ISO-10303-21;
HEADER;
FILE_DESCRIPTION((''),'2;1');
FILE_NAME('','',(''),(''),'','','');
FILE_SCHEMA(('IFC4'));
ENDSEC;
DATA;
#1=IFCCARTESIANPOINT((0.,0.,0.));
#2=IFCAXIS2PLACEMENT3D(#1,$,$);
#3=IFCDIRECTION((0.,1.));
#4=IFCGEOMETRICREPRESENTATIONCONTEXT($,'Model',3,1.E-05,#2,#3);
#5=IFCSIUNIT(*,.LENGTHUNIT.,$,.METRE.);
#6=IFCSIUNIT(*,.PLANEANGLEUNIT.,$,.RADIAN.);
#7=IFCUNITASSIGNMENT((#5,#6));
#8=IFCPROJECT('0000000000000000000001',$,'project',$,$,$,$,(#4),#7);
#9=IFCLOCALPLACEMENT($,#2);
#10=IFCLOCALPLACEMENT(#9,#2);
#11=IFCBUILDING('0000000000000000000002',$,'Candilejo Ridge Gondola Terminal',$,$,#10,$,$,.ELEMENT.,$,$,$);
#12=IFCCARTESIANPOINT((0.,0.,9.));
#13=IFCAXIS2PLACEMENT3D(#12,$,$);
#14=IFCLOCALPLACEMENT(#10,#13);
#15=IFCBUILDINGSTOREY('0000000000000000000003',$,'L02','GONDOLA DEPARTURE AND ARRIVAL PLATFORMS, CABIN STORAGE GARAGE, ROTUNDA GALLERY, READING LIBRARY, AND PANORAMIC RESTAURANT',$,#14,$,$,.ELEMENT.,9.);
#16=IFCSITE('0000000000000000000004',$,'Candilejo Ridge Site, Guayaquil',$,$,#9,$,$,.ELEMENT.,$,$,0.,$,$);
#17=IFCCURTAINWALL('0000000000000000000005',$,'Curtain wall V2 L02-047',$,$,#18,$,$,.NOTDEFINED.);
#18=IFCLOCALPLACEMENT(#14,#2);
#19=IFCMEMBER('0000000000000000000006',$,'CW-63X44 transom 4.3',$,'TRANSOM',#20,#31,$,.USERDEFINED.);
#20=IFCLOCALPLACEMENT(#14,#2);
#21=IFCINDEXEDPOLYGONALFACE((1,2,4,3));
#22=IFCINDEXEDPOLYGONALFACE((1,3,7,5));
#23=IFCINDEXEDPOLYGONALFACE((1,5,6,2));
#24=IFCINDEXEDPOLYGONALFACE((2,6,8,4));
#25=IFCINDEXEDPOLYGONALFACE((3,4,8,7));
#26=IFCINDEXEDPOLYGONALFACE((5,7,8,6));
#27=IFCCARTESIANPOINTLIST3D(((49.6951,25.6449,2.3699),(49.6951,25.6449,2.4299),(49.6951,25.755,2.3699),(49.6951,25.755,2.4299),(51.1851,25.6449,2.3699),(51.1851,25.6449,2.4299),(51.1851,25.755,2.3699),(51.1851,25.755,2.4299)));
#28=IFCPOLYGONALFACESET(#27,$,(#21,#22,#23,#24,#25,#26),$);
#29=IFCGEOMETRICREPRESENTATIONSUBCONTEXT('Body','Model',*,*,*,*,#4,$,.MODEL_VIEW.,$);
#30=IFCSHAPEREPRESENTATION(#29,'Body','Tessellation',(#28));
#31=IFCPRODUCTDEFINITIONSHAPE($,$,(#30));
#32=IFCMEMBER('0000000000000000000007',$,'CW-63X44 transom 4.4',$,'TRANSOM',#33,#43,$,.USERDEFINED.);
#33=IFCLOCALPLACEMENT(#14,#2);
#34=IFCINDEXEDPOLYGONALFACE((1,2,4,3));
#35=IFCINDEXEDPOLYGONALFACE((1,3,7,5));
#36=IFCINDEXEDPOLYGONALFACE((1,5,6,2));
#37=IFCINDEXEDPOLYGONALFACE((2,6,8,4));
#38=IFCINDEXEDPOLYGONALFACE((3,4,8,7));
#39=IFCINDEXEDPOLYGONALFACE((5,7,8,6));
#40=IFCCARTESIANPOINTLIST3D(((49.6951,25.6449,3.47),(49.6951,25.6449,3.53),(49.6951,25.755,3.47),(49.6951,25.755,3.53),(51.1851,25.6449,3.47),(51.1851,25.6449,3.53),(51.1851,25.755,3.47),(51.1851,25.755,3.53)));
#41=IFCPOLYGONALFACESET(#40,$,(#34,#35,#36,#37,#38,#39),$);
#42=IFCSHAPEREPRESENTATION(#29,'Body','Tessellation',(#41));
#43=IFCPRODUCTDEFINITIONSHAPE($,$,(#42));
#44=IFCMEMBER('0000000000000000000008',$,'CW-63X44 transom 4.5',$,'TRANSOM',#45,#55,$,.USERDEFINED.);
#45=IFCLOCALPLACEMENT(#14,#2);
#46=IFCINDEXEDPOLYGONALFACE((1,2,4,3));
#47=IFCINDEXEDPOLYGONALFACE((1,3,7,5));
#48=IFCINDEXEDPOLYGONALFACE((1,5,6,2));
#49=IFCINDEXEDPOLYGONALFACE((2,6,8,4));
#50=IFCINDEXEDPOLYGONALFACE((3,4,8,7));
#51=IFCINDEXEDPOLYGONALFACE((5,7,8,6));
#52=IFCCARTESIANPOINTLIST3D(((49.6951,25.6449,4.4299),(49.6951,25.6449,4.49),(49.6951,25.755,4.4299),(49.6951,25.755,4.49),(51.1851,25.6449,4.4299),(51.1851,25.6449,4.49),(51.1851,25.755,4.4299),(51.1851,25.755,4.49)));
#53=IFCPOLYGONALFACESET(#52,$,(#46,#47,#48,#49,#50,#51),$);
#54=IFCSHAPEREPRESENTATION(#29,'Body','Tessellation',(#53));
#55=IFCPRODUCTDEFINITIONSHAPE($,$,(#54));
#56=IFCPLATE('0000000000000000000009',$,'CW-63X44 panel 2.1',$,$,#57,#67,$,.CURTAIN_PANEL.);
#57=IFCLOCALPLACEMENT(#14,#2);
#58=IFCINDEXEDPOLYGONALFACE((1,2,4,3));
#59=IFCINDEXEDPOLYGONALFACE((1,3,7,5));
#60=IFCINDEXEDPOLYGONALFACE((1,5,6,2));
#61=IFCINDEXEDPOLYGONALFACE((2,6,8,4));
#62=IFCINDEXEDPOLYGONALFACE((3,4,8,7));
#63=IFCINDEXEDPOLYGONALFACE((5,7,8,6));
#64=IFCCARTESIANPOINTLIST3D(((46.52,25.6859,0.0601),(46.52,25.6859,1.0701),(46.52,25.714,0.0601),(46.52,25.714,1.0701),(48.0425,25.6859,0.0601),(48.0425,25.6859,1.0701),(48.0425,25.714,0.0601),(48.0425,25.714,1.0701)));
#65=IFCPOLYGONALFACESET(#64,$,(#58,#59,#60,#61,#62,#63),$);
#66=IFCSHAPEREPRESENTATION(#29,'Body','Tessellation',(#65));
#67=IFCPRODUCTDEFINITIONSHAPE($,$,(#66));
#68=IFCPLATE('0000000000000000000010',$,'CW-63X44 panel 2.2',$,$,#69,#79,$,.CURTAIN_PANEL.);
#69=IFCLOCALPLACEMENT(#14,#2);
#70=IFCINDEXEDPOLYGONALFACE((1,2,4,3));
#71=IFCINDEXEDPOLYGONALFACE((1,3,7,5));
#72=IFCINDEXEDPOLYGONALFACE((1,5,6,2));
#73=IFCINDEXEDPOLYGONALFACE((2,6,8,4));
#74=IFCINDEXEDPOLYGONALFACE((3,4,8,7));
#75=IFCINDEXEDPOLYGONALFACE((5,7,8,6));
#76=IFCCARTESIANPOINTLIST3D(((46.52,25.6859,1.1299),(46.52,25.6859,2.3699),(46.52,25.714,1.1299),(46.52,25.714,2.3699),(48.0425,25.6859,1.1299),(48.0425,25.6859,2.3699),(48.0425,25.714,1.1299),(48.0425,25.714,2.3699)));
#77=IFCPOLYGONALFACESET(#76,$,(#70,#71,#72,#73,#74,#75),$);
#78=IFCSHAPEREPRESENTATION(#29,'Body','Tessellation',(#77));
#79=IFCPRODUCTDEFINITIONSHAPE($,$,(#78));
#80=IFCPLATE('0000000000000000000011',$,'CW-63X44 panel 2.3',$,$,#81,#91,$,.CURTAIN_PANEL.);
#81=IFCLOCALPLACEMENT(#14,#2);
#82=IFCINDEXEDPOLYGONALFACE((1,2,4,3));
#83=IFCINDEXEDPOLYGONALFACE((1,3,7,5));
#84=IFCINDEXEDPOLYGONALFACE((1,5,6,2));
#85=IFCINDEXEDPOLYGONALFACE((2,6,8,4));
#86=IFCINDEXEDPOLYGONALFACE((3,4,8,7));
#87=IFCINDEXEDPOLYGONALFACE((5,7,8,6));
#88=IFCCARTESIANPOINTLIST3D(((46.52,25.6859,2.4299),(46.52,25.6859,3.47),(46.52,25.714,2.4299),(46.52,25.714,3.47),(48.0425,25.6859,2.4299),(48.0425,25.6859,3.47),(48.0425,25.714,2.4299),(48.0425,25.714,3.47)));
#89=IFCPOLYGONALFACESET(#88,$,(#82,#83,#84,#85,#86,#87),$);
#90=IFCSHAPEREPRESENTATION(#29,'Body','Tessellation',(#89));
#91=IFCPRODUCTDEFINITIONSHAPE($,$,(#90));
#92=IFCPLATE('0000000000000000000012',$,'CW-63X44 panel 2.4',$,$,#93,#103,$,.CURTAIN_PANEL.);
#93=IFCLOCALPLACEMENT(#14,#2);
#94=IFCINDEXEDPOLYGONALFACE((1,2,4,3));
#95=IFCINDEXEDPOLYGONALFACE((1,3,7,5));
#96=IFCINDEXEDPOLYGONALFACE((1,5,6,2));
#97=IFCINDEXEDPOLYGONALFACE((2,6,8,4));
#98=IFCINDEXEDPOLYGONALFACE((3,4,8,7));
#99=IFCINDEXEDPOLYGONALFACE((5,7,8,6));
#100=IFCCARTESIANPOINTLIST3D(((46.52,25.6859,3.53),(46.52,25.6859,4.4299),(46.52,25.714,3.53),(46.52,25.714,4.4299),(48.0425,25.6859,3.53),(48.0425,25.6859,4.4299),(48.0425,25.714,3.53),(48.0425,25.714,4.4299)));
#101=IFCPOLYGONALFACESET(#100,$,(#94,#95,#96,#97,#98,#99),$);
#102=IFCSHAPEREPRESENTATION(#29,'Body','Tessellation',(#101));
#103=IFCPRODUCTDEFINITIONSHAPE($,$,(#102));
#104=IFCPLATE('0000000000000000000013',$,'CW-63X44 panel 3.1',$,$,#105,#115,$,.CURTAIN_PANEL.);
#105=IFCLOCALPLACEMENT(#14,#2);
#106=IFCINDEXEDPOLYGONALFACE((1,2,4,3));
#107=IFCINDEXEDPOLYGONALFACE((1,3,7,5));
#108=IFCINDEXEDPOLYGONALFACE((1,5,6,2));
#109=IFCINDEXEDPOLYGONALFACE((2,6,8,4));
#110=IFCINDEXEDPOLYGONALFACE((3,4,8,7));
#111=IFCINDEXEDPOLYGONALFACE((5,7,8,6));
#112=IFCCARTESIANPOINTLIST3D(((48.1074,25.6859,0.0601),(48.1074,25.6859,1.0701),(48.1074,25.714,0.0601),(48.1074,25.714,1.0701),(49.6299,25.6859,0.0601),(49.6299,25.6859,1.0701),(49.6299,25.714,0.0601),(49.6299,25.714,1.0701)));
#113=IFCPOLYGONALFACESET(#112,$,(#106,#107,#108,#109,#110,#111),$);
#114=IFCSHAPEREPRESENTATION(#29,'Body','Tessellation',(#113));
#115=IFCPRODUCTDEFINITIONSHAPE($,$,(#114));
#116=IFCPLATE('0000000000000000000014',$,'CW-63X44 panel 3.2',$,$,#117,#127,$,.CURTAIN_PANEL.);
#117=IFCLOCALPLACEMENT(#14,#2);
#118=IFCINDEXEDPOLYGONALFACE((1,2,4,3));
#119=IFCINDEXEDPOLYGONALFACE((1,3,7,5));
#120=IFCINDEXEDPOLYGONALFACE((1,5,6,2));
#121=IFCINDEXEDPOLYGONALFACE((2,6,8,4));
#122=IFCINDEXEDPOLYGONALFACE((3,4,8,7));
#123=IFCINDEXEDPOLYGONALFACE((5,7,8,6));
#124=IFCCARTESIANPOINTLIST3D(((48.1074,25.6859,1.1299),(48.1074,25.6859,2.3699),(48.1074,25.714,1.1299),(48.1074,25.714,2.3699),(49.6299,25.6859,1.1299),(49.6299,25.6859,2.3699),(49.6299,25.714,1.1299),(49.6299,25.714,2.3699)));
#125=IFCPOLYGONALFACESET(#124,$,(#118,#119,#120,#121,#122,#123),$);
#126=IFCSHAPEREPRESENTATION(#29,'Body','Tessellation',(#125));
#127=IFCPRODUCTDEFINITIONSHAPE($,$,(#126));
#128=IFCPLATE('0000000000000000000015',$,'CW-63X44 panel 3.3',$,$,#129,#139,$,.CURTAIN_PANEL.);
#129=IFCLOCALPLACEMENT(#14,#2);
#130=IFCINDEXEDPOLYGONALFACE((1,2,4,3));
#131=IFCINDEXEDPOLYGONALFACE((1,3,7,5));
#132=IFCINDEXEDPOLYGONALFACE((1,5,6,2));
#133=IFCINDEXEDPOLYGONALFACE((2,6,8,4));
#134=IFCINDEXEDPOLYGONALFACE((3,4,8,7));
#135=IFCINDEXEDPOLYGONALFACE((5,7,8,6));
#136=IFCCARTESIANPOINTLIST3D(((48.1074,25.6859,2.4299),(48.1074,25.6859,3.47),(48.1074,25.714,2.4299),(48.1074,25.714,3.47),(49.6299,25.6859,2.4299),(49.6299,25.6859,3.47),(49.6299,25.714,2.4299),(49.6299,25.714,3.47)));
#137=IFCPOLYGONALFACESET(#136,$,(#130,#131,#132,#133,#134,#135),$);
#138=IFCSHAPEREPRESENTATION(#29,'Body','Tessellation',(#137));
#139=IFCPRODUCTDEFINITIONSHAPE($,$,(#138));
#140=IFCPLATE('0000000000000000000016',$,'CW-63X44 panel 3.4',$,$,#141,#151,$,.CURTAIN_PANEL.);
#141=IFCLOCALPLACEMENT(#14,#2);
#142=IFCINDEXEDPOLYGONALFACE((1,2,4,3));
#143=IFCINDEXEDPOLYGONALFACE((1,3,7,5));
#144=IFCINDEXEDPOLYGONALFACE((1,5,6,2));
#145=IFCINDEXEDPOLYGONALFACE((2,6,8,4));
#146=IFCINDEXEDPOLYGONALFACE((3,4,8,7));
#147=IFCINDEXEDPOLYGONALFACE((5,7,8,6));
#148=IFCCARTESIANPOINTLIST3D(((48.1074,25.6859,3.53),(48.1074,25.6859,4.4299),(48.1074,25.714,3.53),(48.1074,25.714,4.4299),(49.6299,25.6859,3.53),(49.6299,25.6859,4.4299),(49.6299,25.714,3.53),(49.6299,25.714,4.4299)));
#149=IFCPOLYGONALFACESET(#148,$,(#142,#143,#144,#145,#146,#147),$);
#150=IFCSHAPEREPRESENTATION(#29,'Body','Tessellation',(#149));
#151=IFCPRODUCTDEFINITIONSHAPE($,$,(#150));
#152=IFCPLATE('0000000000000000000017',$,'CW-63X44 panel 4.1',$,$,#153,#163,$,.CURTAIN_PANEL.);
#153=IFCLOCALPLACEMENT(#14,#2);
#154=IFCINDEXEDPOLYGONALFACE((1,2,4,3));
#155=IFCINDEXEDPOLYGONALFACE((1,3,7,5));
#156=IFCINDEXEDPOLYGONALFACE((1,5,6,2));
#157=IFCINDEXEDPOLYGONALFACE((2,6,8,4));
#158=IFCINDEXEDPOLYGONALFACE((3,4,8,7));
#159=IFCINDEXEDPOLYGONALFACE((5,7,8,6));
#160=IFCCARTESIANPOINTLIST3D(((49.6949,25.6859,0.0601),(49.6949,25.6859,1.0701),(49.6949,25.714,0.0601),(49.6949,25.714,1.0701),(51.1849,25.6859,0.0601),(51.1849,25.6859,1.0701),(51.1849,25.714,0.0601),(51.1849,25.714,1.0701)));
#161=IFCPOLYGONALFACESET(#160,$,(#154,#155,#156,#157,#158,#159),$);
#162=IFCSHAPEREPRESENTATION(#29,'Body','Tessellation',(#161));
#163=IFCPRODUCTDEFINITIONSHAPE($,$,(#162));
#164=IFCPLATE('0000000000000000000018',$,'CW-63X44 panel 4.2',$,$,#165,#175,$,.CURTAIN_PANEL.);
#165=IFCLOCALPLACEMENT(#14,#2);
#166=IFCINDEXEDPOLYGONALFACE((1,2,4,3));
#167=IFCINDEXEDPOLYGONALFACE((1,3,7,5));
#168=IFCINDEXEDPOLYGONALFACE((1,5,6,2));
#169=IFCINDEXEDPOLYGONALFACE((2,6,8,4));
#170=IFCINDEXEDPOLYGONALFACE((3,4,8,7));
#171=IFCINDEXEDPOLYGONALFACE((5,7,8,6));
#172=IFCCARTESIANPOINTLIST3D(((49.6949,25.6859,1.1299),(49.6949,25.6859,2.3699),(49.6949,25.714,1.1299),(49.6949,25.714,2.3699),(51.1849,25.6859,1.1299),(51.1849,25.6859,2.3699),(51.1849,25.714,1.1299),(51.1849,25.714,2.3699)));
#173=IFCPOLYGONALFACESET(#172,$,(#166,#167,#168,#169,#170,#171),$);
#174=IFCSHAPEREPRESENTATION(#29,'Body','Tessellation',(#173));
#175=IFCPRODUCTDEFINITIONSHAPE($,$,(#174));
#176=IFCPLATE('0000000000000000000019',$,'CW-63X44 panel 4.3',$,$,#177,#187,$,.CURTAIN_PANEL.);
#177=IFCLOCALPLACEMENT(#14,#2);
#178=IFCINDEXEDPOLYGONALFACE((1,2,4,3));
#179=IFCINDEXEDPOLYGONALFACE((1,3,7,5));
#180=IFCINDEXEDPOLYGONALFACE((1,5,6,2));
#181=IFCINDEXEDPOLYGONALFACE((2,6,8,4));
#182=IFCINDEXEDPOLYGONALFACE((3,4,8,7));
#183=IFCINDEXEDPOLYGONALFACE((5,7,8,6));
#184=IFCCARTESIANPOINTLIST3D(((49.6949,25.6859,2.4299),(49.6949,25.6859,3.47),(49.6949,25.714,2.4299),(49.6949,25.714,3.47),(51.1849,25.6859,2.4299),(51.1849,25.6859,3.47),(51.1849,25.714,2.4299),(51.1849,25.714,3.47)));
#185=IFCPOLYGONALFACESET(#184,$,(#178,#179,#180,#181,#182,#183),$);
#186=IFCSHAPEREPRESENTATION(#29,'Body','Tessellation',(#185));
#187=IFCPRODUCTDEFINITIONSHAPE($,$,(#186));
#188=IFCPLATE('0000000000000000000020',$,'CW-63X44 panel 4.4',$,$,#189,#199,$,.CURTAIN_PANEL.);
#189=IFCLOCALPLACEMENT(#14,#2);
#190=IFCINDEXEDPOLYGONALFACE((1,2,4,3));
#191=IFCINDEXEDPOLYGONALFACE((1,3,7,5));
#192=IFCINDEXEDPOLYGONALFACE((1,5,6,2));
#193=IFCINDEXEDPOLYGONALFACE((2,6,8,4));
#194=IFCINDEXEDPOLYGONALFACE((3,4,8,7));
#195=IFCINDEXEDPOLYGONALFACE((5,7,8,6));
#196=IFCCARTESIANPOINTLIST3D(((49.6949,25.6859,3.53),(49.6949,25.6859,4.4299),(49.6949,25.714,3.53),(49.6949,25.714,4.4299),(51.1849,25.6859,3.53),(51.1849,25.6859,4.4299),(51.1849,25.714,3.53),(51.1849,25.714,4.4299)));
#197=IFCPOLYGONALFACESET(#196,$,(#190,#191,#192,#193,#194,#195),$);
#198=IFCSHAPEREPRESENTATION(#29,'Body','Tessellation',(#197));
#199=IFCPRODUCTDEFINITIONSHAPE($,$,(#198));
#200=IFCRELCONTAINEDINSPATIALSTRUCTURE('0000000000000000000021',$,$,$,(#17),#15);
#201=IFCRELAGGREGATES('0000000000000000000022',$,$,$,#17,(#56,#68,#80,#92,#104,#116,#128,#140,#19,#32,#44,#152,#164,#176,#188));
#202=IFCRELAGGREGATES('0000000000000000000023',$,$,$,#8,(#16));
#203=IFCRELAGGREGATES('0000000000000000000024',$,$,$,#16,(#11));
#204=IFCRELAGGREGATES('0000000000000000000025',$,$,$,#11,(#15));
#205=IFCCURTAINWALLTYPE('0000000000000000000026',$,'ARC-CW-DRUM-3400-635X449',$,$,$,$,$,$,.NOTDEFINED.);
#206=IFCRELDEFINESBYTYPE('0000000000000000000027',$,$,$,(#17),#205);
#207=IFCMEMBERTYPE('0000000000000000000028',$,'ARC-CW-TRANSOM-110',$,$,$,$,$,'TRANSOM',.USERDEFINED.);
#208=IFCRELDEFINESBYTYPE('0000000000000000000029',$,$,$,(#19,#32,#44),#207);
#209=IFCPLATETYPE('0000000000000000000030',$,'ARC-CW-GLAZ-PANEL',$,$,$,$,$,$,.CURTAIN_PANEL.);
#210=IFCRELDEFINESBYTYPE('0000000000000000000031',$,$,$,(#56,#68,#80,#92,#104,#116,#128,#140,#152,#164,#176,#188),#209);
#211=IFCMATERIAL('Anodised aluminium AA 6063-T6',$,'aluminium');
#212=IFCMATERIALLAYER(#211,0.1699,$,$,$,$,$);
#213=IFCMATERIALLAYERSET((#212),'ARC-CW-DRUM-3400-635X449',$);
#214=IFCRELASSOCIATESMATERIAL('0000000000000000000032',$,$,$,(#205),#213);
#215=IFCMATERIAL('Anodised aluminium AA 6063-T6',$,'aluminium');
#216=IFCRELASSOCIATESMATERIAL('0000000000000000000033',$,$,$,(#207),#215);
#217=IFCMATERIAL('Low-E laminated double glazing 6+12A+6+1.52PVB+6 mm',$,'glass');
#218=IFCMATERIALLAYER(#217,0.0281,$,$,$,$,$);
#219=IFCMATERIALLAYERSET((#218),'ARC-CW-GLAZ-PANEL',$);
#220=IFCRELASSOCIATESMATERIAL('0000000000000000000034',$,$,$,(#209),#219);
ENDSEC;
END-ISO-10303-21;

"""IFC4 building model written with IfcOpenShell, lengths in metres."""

from ifc_helpers import new_model, si_unit, direction, frame, origin, origin_2d, place, context, subcontext, project, spatial, rectangle, extrude, material, layer, layer_set, material_profile, profile_set, type_object, element, aggregate, save


model = new_model("IFC4")

# Units and contexts
model_context = context("Model", 3, precision=1e-05, world=origin(), true_north=direction((0.0, 1.0)))
body_context = subcontext(model_context, "Body", "Model", "MODEL_VIEW")
ifc_project = project(units=[si_unit("LENGTHUNIT", "METRE"), si_unit("PLANEANGLEUNIT", "RADIAN")], contexts=[model_context])

# Site, building, storey
site_placement = place(None, origin())
site = spatial("IfcSite", under=ifc_project, at=site_placement, Name="Candilejo Ridge Site, Guayaquil", CompositionType="ELEMENT", RefElevation=0.0)
building_placement = place(site_placement, origin())
building = spatial("IfcBuilding", under=site, at=building_placement, Name="Candilejo Ridge Gondola Terminal", CompositionType="ELEMENT")
storey_placement = place(building_placement, frame((0.0, 0.0, 9.0)))
storey = spatial("IfcBuildingStorey", under=building, at=storey_placement, Name="L02", Description="GONDOLA DEPARTURE AND ARRIVAL PLATFORMS, CABIN STORAGE GARAGE, ROTUNDA GALLERY, READING LIBRARY, AND PANORAMIC RESTAURANT", CompositionType="ELEMENT", Elevation=9.0)

# Curtain wall, members, plates
ifc_material_1 = material(Name="Anodised aluminium AA 6063-T6", Category="aluminium")
ifc_layer_1 = layer(ifc_material_1, 0.1699)
ifc_layer_set_1 = layer_set([ifc_layer_1], Name="ARC-CW-DRUM-3400-635X449")
curtain_wall_type = type_object("IfcCurtainWallType", Name="ARC-CW-DRUM-3400-635X449", PredefinedType="NOTDEFINED", material=ifc_layer_set_1)
curtain_wall_placement = place(storey_placement, origin())
curtain_wall = element("IfcCurtainWall", 1, at=curtain_wall_placement, inside=storey, type_object=curtain_wall_type, Name="Curtain wall V2 L02-047", PredefinedType="NOTDEFINED")
ifc_material_2 = material(Name="Anodised aluminium AA 6063-T6", Category="aluminium")
ifc_material_profile_1 = material_profile(ifc_material_2, rectangle(XDim=0.1101, YDim=0.0601, at=origin_2d()))
ifc_profile_set_1 = profile_set([ifc_material_profile_1], Name="Anodised aluminium AA 6063-T6")
member_type_1 = type_object("IfcMemberType", Name="ARC-CW-TRANSOM-110", ElementType="TRANSOM", PredefinedType="USERDEFINED", material=ifc_profile_set_1)
member_1_placement = place(storey_placement, frame((49.6951, 25.7, 2.3999), z_axis=(1.0, 0.0, 0.0), x_axis=(0.0, 1.0, 0.0)))
member_1 = element("IfcMember", 2, at=member_1_placement, type_object=member_type_1, Name="CW-63X44 transom 4.3", ObjectType="TRANSOM", PredefinedType="USERDEFINED", context=body_context, shape_type="SweptSolid", body=[
    extrude(rectangle(XDim=0.1101, YDim=0.0601, at=origin_2d()), origin(), (0.0, 0.0, 1.0), 1.49),
])
member_2_placement = place(storey_placement, frame((49.6951, 25.7, 3.5), z_axis=(1.0, 0.0, 0.0), x_axis=(0.0, 1.0, 0.0)))
member_2 = element("IfcMember", 3, at=member_2_placement, type_object=member_type_1, Name="CW-63X44 transom 4.4", ObjectType="TRANSOM", PredefinedType="USERDEFINED", context=body_context, shape_type="SweptSolid", body=[
    extrude(rectangle(XDim=0.1101, YDim=0.0601, at=origin_2d()), origin(), (0.0, 0.0, 1.0), 1.49),
])
member_3_placement = place(storey_placement, frame((49.6951, 25.7, 4.46), z_axis=(1.0, 0.0, 0.0), x_axis=(0.0, 1.0, 0.0)))
member_3 = element("IfcMember", 4, at=member_3_placement, type_object=member_type_1, Name="CW-63X44 transom 4.5", ObjectType="TRANSOM", PredefinedType="USERDEFINED", context=body_context, shape_type="SweptSolid", body=[
    extrude(rectangle(XDim=0.1101, YDim=0.0601, at=origin_2d()), origin(), (0.0, 0.0, 1.0), 1.49),
])
ifc_material_3 = material(Name="Low-E laminated double glazing 6+12A+6+1.52PVB+6 mm", Category="glass")
ifc_layer_2 = layer(ifc_material_3, 0.0281)
ifc_layer_set_2 = layer_set([ifc_layer_2], Name="ARC-CW-GLAZ-PANEL")
plate_type = type_object("IfcPlateType", Name="ARC-CW-GLAZ-PANEL", PredefinedType="CURTAIN_PANEL", material=ifc_layer_set_2)
plate_1_placement = place(storey_placement, frame((47.2812, 25.7, 0.0601), z_axis=(0.0, 0.0, 1.0), x_axis=(1.0, 0.0, 0.0)))
plate_1 = element("IfcPlate", 5, at=plate_1_placement, type_object=plate_type, Name="CW-63X44 panel 2.1", PredefinedType="CURTAIN_PANEL", context=body_context, shape_type="SweptSolid", body=[
    extrude(rectangle(XDim=1.5225, YDim=0.0281, at=origin_2d()), origin(), (0.0, 0.0, 1.0), 1.01),
])
plate_2_placement = place(storey_placement, frame((47.2812, 25.7, 1.1299), z_axis=(0.0, 0.0, 1.0), x_axis=(1.0, 0.0, 0.0)))
plate_2 = element("IfcPlate", 6, at=plate_2_placement, type_object=plate_type, Name="CW-63X44 panel 2.2", PredefinedType="CURTAIN_PANEL", context=body_context, shape_type="SweptSolid", body=[
    extrude(rectangle(XDim=1.5225, YDim=0.0281, at=origin_2d()), origin(), (0.0, 0.0, 1.0), 1.24),
])
plate_3_placement = place(storey_placement, frame((47.2812, 25.7, 2.4299), z_axis=(0.0, 0.0, 1.0), x_axis=(1.0, 0.0, 0.0)))
plate_3 = element("IfcPlate", 7, at=plate_3_placement, type_object=plate_type, Name="CW-63X44 panel 2.3", PredefinedType="CURTAIN_PANEL", context=body_context, shape_type="SweptSolid", body=[
    extrude(rectangle(XDim=1.5225, YDim=0.0281, at=origin_2d()), origin(), (0.0, 0.0, 1.0), 1.04),
])
plate_4_placement = place(storey_placement, frame((47.2812, 25.7, 3.53), z_axis=(0.0, 0.0, 1.0), x_axis=(1.0, 0.0, 0.0)))
plate_4 = element("IfcPlate", 8, at=plate_4_placement, type_object=plate_type, Name="CW-63X44 panel 2.4", PredefinedType="CURTAIN_PANEL", context=body_context, shape_type="SweptSolid", body=[
    extrude(rectangle(XDim=1.5225, YDim=0.0281, at=origin_2d()), origin(), (0.0, 0.0, 1.0), 0.8999),
])
plate_5_placement = place(storey_placement, frame((48.8687, 25.7, 0.0601), z_axis=(0.0, 0.0, 1.0), x_axis=(1.0, 0.0, 0.0)))
plate_5 = element("IfcPlate", 9, at=plate_5_placement, type_object=plate_type, Name="CW-63X44 panel 3.1", PredefinedType="CURTAIN_PANEL", context=body_context, shape_type="SweptSolid", body=[
    extrude(rectangle(XDim=1.5225, YDim=0.0281, at=origin_2d()), origin(), (0.0, 0.0, 1.0), 1.01),
])
plate_6_placement = place(storey_placement, frame((48.8687, 25.7, 1.1299), z_axis=(0.0, 0.0, 1.0), x_axis=(1.0, 0.0, 0.0)))
plate_6 = element("IfcPlate", 10, at=plate_6_placement, type_object=plate_type, Name="CW-63X44 panel 3.2", PredefinedType="CURTAIN_PANEL", context=body_context, shape_type="SweptSolid", body=[
    extrude(rectangle(XDim=1.5225, YDim=0.0281, at=origin_2d()), origin(), (0.0, 0.0, 1.0), 1.24),
])
plate_7_placement = place(storey_placement, frame((48.8687, 25.7, 2.4299), z_axis=(0.0, 0.0, 1.0), x_axis=(1.0, 0.0, 0.0)))
plate_7 = element("IfcPlate", 11, at=plate_7_placement, type_object=plate_type, Name="CW-63X44 panel 3.3", PredefinedType="CURTAIN_PANEL", context=body_context, shape_type="SweptSolid", body=[
    extrude(rectangle(XDim=1.5225, YDim=0.0281, at=origin_2d()), origin(), (0.0, 0.0, 1.0), 1.04),
])
plate_8_placement = place(storey_placement, frame((48.8687, 25.7, 3.53), z_axis=(0.0, 0.0, 1.0), x_axis=(1.0, 0.0, 0.0)))
plate_8 = element("IfcPlate", 12, at=plate_8_placement, type_object=plate_type, Name="CW-63X44 panel 3.4", PredefinedType="CURTAIN_PANEL", context=body_context, shape_type="SweptSolid", body=[
    extrude(rectangle(XDim=1.5225, YDim=0.0281, at=origin_2d()), origin(), (0.0, 0.0, 1.0), 0.8999),
])
plate_9_placement = place(storey_placement, frame((50.4399, 25.7, 0.0601), z_axis=(0.0, 0.0, 1.0), x_axis=(1.0, 0.0, 0.0)))
plate_9 = element("IfcPlate", 13, at=plate_9_placement, type_object=plate_type, Name="CW-63X44 panel 4.1", PredefinedType="CURTAIN_PANEL", context=body_context, shape_type="SweptSolid", body=[
    extrude(rectangle(XDim=1.49, YDim=0.0281, at=origin_2d()), origin(), (0.0, 0.0, 1.0), 1.01),
])
plate_10_placement = place(storey_placement, frame((50.4399, 25.7, 1.1299), z_axis=(0.0, 0.0, 1.0), x_axis=(1.0, 0.0, 0.0)))
plate_10 = element("IfcPlate", 14, at=plate_10_placement, type_object=plate_type, Name="CW-63X44 panel 4.2", PredefinedType="CURTAIN_PANEL", context=body_context, shape_type="SweptSolid", body=[
    extrude(rectangle(XDim=1.49, YDim=0.0281, at=origin_2d()), origin(), (0.0, 0.0, 1.0), 1.24),
])
plate_11_placement = place(storey_placement, frame((50.4399, 25.7, 2.4299), z_axis=(0.0, 0.0, 1.0), x_axis=(1.0, 0.0, 0.0)))
plate_11 = element("IfcPlate", 15, at=plate_11_placement, type_object=plate_type, Name="CW-63X44 panel 4.3", PredefinedType="CURTAIN_PANEL", context=body_context, shape_type="SweptSolid", body=[
    extrude(rectangle(XDim=1.49, YDim=0.0281, at=origin_2d()), origin(), (0.0, 0.0, 1.0), 1.04),
])
plate_12_placement = place(storey_placement, frame((50.4399, 25.7, 3.53), z_axis=(0.0, 0.0, 1.0), x_axis=(1.0, 0.0, 0.0)))
plate_12 = element("IfcPlate", 16, at=plate_12_placement, type_object=plate_type, Name="CW-63X44 panel 4.4", PredefinedType="CURTAIN_PANEL", context=body_context, shape_type="SweptSolid", body=[
    extrude(rectangle(XDim=1.49, YDim=0.0281, at=origin_2d()), origin(), (0.0, 0.0, 1.0), 0.8999),
])
aggregate(curtain_wall, [plate_1, plate_2, plate_3, plate_4, plate_5, plate_6, plate_7, plate_8, member_1, member_2, member_3, plate_9, plate_10, plate_11, plate_12])

save(model, "model.ifc")
